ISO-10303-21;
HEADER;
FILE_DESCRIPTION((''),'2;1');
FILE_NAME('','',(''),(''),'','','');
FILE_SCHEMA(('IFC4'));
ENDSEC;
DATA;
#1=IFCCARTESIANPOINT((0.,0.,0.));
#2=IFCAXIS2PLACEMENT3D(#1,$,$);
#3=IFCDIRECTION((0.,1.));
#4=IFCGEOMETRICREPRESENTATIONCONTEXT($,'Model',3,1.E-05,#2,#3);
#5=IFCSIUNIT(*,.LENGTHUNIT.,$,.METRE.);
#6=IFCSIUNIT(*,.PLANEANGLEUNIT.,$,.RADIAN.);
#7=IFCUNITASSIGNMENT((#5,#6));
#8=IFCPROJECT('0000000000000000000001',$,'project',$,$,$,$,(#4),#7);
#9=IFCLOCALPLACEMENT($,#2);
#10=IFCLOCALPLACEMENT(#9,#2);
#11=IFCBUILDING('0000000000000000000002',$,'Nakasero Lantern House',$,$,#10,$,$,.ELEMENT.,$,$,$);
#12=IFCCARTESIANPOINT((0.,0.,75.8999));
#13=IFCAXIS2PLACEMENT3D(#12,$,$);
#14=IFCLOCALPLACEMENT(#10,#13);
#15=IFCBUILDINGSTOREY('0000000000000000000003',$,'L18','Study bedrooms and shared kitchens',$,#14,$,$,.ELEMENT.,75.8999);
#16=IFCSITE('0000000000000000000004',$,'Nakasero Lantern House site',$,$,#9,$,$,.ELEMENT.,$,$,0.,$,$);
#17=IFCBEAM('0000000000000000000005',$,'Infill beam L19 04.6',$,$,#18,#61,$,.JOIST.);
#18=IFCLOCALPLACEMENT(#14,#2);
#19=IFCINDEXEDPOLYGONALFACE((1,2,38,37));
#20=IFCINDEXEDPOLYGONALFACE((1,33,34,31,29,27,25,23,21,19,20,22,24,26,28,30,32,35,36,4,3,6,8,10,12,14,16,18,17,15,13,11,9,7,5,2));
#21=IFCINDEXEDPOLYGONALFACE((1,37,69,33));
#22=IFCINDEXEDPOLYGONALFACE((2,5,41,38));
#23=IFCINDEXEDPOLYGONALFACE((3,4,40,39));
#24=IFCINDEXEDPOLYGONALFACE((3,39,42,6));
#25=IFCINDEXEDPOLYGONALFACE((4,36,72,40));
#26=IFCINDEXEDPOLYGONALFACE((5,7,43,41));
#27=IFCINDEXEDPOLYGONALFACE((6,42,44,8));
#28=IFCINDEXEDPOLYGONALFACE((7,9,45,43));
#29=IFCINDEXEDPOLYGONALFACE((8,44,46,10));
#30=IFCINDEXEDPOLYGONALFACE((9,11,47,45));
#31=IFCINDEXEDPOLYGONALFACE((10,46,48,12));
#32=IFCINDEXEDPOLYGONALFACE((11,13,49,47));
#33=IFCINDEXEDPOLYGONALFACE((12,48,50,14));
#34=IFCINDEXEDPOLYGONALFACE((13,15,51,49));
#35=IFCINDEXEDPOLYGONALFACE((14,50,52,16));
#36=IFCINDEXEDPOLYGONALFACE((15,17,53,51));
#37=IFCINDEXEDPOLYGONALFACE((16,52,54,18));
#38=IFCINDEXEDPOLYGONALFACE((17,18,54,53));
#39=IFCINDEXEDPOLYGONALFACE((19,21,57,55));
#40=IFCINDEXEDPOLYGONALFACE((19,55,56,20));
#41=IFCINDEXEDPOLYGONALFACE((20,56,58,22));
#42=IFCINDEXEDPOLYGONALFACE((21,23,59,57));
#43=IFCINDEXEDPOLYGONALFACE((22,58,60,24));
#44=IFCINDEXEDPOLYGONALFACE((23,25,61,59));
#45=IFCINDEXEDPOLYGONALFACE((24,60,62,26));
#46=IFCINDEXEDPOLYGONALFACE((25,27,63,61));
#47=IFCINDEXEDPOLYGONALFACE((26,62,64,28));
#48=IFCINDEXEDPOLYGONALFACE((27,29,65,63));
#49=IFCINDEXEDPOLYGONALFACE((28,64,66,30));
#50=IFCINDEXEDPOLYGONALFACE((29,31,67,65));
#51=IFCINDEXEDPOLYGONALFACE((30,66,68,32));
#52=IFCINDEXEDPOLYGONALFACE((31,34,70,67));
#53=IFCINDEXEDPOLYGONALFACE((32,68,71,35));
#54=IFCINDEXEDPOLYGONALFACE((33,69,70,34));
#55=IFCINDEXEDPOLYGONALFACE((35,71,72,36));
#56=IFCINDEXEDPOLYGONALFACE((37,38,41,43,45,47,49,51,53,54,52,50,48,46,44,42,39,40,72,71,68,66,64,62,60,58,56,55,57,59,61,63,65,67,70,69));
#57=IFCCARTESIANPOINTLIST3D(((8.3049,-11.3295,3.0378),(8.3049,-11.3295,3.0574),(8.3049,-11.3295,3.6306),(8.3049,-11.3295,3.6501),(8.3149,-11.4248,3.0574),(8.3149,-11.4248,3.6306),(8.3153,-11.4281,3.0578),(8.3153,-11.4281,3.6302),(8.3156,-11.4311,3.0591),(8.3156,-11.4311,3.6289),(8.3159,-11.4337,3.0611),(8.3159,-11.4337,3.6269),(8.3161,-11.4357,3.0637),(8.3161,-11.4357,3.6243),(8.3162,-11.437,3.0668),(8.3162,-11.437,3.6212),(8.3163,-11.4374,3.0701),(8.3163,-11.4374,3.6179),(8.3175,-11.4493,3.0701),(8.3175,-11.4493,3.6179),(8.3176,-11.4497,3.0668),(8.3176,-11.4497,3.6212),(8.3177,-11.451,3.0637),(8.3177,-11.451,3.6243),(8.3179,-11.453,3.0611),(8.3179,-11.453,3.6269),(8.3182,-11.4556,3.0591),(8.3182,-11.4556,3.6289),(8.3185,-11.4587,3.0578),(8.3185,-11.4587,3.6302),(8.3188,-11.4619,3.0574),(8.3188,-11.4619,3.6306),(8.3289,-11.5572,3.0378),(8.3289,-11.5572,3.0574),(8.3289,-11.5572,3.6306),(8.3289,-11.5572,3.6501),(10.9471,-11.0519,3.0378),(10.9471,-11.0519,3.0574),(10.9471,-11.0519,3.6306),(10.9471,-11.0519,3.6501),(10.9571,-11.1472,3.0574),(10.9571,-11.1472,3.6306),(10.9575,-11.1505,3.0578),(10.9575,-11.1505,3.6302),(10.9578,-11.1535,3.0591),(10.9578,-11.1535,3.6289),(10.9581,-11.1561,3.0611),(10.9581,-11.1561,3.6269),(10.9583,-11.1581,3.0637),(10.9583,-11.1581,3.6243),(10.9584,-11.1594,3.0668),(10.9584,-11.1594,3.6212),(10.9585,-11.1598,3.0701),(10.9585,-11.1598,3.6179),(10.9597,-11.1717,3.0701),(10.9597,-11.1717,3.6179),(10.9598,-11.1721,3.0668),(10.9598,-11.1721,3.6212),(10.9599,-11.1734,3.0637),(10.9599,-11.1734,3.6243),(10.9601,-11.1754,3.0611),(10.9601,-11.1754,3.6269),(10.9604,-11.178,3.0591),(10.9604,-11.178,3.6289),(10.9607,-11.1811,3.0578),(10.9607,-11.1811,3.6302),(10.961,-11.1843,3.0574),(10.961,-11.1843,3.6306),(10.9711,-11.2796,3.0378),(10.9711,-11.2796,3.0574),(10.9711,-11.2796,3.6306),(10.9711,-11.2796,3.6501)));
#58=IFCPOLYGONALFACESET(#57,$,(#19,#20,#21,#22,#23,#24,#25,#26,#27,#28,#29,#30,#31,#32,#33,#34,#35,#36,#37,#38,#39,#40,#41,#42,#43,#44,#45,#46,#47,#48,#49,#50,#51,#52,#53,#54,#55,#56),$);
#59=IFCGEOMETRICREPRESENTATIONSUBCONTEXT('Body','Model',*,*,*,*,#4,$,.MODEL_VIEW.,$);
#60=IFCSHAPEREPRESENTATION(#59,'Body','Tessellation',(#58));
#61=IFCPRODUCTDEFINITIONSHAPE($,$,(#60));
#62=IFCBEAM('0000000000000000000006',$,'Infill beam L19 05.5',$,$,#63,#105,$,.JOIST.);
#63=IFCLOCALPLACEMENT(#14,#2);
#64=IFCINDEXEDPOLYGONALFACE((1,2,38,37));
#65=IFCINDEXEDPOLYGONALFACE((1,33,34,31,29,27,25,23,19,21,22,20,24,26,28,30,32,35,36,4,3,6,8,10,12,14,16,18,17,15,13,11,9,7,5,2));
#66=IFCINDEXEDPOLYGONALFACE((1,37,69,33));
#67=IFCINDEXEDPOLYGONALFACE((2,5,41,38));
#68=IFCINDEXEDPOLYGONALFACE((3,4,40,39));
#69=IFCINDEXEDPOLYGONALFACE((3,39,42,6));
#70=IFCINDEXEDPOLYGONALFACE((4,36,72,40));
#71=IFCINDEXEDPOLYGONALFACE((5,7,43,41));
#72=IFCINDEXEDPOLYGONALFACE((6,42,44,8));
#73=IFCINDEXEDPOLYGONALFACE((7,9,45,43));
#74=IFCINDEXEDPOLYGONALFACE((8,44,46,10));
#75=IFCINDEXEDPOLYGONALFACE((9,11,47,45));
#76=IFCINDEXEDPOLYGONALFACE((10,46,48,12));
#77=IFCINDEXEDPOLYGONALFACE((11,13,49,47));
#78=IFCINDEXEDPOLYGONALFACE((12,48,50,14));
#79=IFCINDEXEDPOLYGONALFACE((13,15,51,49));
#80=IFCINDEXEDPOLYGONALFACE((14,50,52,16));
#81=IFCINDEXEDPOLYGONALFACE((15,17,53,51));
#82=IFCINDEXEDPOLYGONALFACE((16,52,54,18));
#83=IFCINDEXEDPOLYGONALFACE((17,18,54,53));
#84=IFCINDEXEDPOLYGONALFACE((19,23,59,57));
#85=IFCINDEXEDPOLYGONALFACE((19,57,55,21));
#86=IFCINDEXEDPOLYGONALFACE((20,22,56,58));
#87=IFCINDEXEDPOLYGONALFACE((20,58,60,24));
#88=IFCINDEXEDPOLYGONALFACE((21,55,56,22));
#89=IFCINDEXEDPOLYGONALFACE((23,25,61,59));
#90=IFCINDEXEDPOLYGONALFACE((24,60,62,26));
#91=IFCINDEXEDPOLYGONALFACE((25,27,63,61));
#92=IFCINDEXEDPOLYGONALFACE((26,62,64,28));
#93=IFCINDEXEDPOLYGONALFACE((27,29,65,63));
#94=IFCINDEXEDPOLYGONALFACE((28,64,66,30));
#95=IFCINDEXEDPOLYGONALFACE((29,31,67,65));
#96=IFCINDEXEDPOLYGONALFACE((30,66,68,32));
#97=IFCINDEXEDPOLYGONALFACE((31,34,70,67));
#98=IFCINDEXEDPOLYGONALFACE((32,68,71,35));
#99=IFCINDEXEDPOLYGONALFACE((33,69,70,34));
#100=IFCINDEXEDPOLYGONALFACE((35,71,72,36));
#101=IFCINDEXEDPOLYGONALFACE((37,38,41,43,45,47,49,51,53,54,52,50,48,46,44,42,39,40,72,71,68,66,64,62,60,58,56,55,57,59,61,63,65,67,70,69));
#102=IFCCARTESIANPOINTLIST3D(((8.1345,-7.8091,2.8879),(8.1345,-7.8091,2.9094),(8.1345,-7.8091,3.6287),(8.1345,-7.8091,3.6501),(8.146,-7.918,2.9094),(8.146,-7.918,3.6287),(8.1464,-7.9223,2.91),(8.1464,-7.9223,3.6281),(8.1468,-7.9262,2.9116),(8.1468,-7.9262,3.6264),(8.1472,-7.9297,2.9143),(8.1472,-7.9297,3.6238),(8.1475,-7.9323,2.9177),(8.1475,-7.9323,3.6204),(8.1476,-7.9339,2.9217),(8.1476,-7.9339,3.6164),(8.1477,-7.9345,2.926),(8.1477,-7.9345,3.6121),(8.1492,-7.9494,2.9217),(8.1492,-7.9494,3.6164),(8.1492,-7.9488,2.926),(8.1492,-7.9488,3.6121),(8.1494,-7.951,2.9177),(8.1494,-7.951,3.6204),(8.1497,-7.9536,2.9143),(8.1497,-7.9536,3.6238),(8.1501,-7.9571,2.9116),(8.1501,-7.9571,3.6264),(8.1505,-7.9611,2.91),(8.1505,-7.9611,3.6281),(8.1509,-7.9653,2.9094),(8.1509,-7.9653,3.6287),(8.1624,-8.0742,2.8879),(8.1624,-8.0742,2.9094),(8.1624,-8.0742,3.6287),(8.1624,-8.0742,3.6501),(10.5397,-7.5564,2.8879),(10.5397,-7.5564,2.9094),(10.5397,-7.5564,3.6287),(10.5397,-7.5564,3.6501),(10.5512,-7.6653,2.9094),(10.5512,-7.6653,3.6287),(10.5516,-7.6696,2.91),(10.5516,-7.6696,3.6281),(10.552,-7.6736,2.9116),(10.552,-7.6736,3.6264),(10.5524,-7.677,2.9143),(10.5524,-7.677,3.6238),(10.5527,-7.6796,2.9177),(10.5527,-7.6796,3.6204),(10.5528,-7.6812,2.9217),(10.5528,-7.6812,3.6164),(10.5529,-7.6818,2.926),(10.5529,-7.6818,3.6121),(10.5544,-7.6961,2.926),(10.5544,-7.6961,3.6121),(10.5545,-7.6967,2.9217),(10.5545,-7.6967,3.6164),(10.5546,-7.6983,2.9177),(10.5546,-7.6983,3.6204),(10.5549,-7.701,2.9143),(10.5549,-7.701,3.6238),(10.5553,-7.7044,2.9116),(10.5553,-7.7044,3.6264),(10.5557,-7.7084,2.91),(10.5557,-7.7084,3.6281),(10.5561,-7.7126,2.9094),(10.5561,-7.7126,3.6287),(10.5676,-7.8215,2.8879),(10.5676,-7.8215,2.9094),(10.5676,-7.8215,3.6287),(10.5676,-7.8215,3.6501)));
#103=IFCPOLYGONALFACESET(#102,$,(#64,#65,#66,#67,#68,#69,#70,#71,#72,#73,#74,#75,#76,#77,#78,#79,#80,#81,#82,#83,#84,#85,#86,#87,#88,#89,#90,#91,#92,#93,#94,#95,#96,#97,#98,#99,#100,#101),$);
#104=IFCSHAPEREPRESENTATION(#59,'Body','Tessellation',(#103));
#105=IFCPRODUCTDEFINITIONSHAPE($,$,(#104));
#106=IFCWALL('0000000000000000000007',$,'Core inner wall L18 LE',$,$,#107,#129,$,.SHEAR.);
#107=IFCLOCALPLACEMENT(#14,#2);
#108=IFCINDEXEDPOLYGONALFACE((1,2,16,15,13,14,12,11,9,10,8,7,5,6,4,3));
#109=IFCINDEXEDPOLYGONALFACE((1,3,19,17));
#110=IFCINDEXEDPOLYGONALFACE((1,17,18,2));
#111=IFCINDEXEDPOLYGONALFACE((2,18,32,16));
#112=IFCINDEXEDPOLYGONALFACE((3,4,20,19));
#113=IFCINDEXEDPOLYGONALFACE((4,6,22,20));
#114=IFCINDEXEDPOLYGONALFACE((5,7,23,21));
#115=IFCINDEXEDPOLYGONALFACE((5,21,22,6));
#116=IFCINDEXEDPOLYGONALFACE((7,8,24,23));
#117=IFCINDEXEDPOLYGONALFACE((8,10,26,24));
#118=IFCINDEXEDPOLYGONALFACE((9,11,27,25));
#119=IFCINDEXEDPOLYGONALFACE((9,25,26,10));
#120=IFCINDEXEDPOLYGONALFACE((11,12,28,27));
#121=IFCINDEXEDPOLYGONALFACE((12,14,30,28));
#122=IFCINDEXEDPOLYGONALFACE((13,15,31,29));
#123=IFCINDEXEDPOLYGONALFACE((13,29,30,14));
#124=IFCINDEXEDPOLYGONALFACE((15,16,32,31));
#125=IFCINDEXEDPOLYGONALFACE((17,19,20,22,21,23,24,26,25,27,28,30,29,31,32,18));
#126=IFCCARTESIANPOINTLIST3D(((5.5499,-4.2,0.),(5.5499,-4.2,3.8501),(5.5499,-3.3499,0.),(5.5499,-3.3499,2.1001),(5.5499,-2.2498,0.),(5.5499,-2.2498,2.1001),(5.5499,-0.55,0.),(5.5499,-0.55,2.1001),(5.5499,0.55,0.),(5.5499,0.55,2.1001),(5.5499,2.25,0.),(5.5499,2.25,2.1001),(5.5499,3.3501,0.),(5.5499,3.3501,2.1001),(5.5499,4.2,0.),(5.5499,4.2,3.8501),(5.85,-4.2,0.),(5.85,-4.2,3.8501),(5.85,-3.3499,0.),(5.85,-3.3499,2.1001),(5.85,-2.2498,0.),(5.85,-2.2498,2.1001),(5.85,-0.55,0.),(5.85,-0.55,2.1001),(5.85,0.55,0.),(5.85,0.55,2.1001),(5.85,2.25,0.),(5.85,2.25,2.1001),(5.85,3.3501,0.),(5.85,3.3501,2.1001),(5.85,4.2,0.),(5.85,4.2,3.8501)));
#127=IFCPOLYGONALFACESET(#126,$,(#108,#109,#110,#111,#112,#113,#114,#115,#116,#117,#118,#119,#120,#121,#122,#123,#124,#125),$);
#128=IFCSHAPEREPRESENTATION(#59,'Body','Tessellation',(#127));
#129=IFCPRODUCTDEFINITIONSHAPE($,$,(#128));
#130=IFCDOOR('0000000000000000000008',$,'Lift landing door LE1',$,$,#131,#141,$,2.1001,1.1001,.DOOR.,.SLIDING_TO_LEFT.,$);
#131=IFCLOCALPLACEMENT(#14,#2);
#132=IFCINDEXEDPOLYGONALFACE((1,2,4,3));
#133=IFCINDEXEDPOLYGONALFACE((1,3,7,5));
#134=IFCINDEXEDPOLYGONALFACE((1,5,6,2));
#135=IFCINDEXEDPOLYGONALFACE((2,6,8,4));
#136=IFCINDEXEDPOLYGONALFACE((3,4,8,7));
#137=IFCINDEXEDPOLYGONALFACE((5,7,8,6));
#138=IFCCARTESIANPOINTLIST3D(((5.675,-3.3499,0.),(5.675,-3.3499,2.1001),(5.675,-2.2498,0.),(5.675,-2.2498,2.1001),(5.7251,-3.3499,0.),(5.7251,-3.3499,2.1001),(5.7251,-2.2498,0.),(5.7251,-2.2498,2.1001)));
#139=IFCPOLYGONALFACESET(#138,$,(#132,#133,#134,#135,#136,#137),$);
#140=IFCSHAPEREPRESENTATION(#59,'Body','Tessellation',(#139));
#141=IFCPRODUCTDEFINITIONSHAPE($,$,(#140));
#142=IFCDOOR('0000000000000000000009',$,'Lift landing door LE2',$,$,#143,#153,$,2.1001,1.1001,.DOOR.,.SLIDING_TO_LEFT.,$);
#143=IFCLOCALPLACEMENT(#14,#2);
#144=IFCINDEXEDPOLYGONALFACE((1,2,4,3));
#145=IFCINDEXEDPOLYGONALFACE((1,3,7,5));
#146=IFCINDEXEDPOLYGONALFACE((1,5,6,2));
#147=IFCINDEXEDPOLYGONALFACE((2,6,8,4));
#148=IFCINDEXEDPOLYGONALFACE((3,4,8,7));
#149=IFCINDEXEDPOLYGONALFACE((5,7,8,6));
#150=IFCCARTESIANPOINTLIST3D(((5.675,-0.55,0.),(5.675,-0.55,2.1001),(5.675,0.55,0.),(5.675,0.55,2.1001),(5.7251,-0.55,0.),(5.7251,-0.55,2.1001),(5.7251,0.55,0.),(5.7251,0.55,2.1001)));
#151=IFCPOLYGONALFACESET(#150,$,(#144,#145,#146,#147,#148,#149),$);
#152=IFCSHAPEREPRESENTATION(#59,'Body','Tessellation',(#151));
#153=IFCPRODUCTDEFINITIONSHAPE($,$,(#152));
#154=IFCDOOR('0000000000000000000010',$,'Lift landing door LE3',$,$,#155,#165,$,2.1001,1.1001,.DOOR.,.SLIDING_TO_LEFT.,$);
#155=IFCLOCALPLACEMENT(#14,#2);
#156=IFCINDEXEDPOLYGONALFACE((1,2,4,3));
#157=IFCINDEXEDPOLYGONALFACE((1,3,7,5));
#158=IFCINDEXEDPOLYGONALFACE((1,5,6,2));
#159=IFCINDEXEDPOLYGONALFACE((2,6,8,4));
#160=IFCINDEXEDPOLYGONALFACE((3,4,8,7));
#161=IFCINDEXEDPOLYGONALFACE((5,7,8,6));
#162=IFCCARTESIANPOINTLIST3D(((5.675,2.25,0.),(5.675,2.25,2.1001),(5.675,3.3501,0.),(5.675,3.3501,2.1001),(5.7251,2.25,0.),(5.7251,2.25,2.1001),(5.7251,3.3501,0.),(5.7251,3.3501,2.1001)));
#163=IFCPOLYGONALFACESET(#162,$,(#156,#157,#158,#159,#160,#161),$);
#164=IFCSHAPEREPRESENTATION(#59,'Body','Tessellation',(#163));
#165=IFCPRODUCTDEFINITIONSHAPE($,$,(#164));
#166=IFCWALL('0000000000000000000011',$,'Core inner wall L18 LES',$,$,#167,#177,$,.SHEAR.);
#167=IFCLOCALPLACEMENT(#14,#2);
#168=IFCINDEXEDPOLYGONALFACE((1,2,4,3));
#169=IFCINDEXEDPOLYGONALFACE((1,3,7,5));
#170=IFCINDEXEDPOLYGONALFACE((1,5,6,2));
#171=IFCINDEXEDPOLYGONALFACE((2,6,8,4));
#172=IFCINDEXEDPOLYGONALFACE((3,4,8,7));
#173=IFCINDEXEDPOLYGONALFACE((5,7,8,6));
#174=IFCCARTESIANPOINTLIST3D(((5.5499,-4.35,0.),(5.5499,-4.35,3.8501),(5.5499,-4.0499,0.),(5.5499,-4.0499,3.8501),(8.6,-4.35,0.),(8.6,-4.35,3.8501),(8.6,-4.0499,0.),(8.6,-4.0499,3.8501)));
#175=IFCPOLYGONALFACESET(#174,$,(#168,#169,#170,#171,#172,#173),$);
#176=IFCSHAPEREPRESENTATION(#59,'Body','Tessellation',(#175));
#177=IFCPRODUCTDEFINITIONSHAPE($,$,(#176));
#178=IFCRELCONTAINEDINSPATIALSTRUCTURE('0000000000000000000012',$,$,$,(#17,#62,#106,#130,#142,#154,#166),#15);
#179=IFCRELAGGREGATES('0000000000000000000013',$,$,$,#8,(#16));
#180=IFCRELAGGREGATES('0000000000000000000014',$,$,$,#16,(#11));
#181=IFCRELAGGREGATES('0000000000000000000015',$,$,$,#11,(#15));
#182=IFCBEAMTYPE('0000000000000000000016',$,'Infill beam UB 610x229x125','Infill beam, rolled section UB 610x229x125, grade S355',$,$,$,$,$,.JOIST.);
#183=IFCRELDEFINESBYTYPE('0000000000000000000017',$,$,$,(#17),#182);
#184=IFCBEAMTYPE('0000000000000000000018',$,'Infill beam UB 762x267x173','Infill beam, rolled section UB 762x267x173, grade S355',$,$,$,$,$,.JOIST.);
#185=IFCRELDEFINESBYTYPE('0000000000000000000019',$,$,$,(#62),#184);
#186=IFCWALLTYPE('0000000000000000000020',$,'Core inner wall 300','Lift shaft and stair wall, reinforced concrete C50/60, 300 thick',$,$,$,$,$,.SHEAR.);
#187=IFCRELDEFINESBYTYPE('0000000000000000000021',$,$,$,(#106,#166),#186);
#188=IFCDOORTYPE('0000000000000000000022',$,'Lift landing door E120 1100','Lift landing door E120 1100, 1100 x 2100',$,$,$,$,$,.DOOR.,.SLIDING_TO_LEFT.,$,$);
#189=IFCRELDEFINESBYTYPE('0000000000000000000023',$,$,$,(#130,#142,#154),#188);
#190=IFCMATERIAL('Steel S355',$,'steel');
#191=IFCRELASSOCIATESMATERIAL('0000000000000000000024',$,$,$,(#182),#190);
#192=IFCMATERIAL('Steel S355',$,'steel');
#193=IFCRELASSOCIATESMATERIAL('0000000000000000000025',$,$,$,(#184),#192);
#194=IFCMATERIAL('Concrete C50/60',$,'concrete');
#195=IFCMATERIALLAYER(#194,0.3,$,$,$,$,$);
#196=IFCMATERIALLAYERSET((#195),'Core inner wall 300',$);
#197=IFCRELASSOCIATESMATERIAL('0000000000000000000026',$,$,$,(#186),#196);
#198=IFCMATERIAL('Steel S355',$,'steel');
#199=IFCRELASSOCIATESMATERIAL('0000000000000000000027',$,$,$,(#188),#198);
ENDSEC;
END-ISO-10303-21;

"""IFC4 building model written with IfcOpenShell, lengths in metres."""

from ifc_helpers import new_model, si_unit, direction, frame, frame_2d, origin, origin_2d, place, context, subcontext, project, spatial, rectangle, i_section, extrude, material, layer, layer_set, material_profile, profile_set, type_object, element, fill, save


model = new_model("IFC4")

# Units and contexts
model_context = context("Model", 3, precision=1e-05, world=origin(), true_north=direction((0.0, 1.0)))
body_context = subcontext(model_context, "Body", "Model", "MODEL_VIEW")
ifc_project = project(units=[si_unit("LENGTHUNIT", "METRE"), si_unit("PLANEANGLEUNIT", "RADIAN")], contexts=[model_context])

# Site, building, storey
site_placement = place(None, origin())
site = spatial("IfcSite", under=ifc_project, at=site_placement, Name="Nakasero Lantern House site", CompositionType="ELEMENT", RefElevation=0.0)
building_placement = place(site_placement, origin())
building = spatial("IfcBuilding", under=site, at=building_placement, Name="Nakasero Lantern House", CompositionType="ELEMENT")
storey_placement = place(building_placement, frame((0.0, 0.0, 75.8999)))
storey = spatial("IfcBuildingStorey", under=building, at=storey_placement, Name="L18", Description="Study bedrooms and shared kitchens", CompositionType="ELEMENT", Elevation=75.8999)

# Beams
ifc_material_1 = material(Name="Steel S355", Category="steel")
ifc_material_profile_1 = material_profile(ifc_material_1, i_section(OverallWidth=0.229, OverallDepth=0.6123, WebThickness=0.012, FlangeThickness=0.0195, FilletRadius=0.0127, at=origin_2d()), Name="UB 610x229x125")
ifc_profile_set_1 = profile_set([ifc_material_profile_1], Name="Steel S355")
beam_type_1 = type_object("IfcBeamType", Name="Infill beam UB 610x229x125", Description="Infill beam, rolled section UB 610x229x125, grade S355", PredefinedType="JOIST", material=ifc_profile_set_1)
beam_1_placement = place(storey_placement, frame((8.3169, -11.4434, 3.344), z_axis=(0.994526, 0.104489, 0.0), x_axis=(-0.104489, 0.994526, 0.0)))
element("IfcBeam", 1, at=beam_1_placement, inside=storey, type_object=beam_type_1, Name="Infill beam L19 04.6", PredefinedType="JOIST", context=body_context, shape_type="SweptSolid", body=[
    extrude(i_section(OverallWidth=0.229, OverallDepth=0.6123, WebThickness=0.012, FlangeThickness=0.0195, FilletRadius=0.0127, at=origin_2d()), origin(), (0.0, 0.0, 1.0), 2.6567),
])
ifc_material_2 = material(Name="Steel S355", Category="steel")
ifc_material_profile_2 = material_profile(ifc_material_2, i_section(OverallWidth=0.2666, OverallDepth=0.7622, WebThickness=0.0144, FlangeThickness=0.0215, FilletRadius=0.0166, at=origin_2d()), Name="UB 762x267x173")
ifc_profile_set_2 = profile_set([ifc_material_profile_2], Name="Steel S355")
beam_type_2 = type_object("IfcBeamType", Name="Infill beam UB 762x267x173", Description="Infill beam, rolled section UB 762x267x173, grade S355", PredefinedType="JOIST", material=ifc_profile_set_2)
beam_2_placement = place(storey_placement, frame((8.1484, -7.9417, 3.269), z_axis=(0.994527, 0.10448, 0.0), x_axis=(-0.10448, 0.994527, 0.0)))
element("IfcBeam", 2, at=beam_2_placement, inside=storey, type_object=beam_type_2, Name="Infill beam L19 05.5", PredefinedType="JOIST", context=body_context, shape_type="SweptSolid", body=[
    extrude(i_section(OverallWidth=0.2666, OverallDepth=0.7622, WebThickness=0.0144, FlangeThickness=0.0215, FilletRadius=0.0166, at=origin_2d()), origin(), (0.0, 0.0, 1.0), 2.4185),
])

# Wall, openings, doors
ifc_material_3 = material(Name="Concrete C50/60", Category="concrete")
ifc_layer_1 = layer(ifc_material_3, 0.3)
ifc_layer_set_1 = layer_set([ifc_layer_1], Name="Core inner wall 300")
wall_type_1 = type_object("IfcWallType", Name="Core inner wall 300", Description="Lift shaft and stair wall, reinforced concrete C50/60, 300 thick", PredefinedType="SHEAR", material=ifc_layer_set_1)
wall_1_placement = place(storey_placement, frame((5.7, -4.2, 0.0), z_axis=(0.0, 0.0, 1.0), x_axis=(0.0, 1.0, 0.0)))
wall_1 = element("IfcWall", 3, at=wall_1_placement, inside=storey, type_object=wall_type_1, Name="Core inner wall L18 LE", PredefinedType="SHEAR", context=body_context, shape_type="SweptSolid", body=[
    extrude(rectangle(XDim=8.3999, YDim=0.3, at=frame_2d((4.2, 0.0))), origin(), (0.0, 0.0, 1.0), 3.8501),
])
opening_1_placement = place(wall_1_placement, frame((0.8501, 0.0, 0.0)))
opening_1 = element("IfcOpeningElement", 4, at=opening_1_placement, cuts=wall_1, PredefinedType="OPENING", context=body_context, shape_type="SweptSolid", body=[
    extrude(rectangle(XDim=1.1001, YDim=2.1001, at=frame_2d((0.55, 1.05))), frame((0.0, 0.1699, 0.0), z_axis=(0.0, -1.0, 0.0), x_axis=(1.0, 0.0, 0.0)), (0.0, 0.0, 1.0), 0.3401),
])
opening_2_placement = place(wall_1_placement, frame((3.6499, 0.0, 0.0)))
opening_2 = element("IfcOpeningElement", 5, at=opening_2_placement, cuts=wall_1, PredefinedType="OPENING", context=body_context, shape_type="SweptSolid", body=[
    extrude(rectangle(XDim=1.1001, YDim=2.1001, at=frame_2d((0.55, 1.05))), frame((0.0, 0.1699, 0.0), z_axis=(0.0, -1.0, 0.0), x_axis=(1.0, 0.0, 0.0)), (0.0, 0.0, 1.0), 0.3401),
])
opening_3_placement = place(wall_1_placement, frame((6.45, 0.0, 0.0)))
opening_3 = element("IfcOpeningElement", 6, at=opening_3_placement, cuts=wall_1, PredefinedType="OPENING", context=body_context, shape_type="SweptSolid", body=[
    extrude(rectangle(XDim=1.1001, YDim=2.1001, at=frame_2d((0.55, 1.05))), frame((0.0, 0.1699, 0.0), z_axis=(0.0, -1.0, 0.0), x_axis=(1.0, 0.0, 0.0)), (0.0, 0.0, 1.0), 0.3401),
])
ifc_material_4 = material(Name="Steel S355", Category="steel")
door_type_1 = type_object("IfcDoorType", Name="Lift landing door E120 1100", Description="Lift landing door E120 1100, 1100 x 2100", OperationType="SLIDING_TO_LEFT", PredefinedType="DOOR", material=ifc_material_4)
door_1_placement = place(opening_1_placement, origin())
door_1 = element("IfcDoor", 7, at=door_1_placement, inside=storey, type_object=door_type_1, Name="Lift landing door LE1", OperationType="SLIDING_TO_LEFT", OverallHeight=2.1001, OverallWidth=1.1001, PredefinedType="DOOR", context=body_context, shape_type="SweptSolid", body=[
    extrude(rectangle(XDim=1.1001, YDim=2.1001, at=frame_2d((0.55, 1.05))), frame((0.0, 0.0249, 0.0), z_axis=(0.0, -1.0, 0.0), x_axis=(1.0, 0.0, 0.0)), (0.0, 0.0, 1.0), 0.05),
])
fill(opening_1, door_1)
door_2_placement = place(opening_2_placement, origin())
door_2 = element("IfcDoor", 8, at=door_2_placement, inside=storey, type_object=door_type_1, Name="Lift landing door LE2", OperationType="SLIDING_TO_LEFT", OverallHeight=2.1001, OverallWidth=1.1001, PredefinedType="DOOR", context=body_context, shape_type="SweptSolid", body=[
    extrude(rectangle(XDim=1.1001, YDim=2.1001, at=frame_2d((0.55, 1.05))), frame((0.0, 0.0249, 0.0), z_axis=(0.0, -1.0, 0.0), x_axis=(1.0, 0.0, 0.0)), (0.0, 0.0, 1.0), 0.05),
])
fill(opening_2, door_2)
door_3_placement = place(opening_3_placement, origin())
door_3 = element("IfcDoor", 9, at=door_3_placement, inside=storey, type_object=door_type_1, Name="Lift landing door LE3", OperationType="SLIDING_TO_LEFT", OverallHeight=2.1001, OverallWidth=1.1001, PredefinedType="DOOR", context=body_context, shape_type="SweptSolid", body=[
    extrude(rectangle(XDim=1.1001, YDim=2.1001, at=frame_2d((0.55, 1.05))), frame((0.0, 0.0249, 0.0), z_axis=(0.0, -1.0, 0.0), x_axis=(1.0, 0.0, 0.0)), (0.0, 0.0, 1.0), 0.05),
])
fill(opening_3, door_3)

# Wall
wall_2_placement = place(storey_placement, frame((5.55, -4.2, 0.0), z_axis=(0.0, 0.0, 1.0), x_axis=(1.0, 0.0, 0.0)))
element("IfcWall", 10, at=wall_2_placement, inside=storey, type_object=wall_type_1, Name="Core inner wall L18 LES", PredefinedType="SHEAR", context=body_context, shape_type="SweptSolid", body=[
    extrude(rectangle(XDim=3.05, YDim=0.3, at=frame_2d((1.5249, 0.0))), origin(), (0.0, 0.0, 1.0), 3.8501),
])

save(model, "model.ifc")
